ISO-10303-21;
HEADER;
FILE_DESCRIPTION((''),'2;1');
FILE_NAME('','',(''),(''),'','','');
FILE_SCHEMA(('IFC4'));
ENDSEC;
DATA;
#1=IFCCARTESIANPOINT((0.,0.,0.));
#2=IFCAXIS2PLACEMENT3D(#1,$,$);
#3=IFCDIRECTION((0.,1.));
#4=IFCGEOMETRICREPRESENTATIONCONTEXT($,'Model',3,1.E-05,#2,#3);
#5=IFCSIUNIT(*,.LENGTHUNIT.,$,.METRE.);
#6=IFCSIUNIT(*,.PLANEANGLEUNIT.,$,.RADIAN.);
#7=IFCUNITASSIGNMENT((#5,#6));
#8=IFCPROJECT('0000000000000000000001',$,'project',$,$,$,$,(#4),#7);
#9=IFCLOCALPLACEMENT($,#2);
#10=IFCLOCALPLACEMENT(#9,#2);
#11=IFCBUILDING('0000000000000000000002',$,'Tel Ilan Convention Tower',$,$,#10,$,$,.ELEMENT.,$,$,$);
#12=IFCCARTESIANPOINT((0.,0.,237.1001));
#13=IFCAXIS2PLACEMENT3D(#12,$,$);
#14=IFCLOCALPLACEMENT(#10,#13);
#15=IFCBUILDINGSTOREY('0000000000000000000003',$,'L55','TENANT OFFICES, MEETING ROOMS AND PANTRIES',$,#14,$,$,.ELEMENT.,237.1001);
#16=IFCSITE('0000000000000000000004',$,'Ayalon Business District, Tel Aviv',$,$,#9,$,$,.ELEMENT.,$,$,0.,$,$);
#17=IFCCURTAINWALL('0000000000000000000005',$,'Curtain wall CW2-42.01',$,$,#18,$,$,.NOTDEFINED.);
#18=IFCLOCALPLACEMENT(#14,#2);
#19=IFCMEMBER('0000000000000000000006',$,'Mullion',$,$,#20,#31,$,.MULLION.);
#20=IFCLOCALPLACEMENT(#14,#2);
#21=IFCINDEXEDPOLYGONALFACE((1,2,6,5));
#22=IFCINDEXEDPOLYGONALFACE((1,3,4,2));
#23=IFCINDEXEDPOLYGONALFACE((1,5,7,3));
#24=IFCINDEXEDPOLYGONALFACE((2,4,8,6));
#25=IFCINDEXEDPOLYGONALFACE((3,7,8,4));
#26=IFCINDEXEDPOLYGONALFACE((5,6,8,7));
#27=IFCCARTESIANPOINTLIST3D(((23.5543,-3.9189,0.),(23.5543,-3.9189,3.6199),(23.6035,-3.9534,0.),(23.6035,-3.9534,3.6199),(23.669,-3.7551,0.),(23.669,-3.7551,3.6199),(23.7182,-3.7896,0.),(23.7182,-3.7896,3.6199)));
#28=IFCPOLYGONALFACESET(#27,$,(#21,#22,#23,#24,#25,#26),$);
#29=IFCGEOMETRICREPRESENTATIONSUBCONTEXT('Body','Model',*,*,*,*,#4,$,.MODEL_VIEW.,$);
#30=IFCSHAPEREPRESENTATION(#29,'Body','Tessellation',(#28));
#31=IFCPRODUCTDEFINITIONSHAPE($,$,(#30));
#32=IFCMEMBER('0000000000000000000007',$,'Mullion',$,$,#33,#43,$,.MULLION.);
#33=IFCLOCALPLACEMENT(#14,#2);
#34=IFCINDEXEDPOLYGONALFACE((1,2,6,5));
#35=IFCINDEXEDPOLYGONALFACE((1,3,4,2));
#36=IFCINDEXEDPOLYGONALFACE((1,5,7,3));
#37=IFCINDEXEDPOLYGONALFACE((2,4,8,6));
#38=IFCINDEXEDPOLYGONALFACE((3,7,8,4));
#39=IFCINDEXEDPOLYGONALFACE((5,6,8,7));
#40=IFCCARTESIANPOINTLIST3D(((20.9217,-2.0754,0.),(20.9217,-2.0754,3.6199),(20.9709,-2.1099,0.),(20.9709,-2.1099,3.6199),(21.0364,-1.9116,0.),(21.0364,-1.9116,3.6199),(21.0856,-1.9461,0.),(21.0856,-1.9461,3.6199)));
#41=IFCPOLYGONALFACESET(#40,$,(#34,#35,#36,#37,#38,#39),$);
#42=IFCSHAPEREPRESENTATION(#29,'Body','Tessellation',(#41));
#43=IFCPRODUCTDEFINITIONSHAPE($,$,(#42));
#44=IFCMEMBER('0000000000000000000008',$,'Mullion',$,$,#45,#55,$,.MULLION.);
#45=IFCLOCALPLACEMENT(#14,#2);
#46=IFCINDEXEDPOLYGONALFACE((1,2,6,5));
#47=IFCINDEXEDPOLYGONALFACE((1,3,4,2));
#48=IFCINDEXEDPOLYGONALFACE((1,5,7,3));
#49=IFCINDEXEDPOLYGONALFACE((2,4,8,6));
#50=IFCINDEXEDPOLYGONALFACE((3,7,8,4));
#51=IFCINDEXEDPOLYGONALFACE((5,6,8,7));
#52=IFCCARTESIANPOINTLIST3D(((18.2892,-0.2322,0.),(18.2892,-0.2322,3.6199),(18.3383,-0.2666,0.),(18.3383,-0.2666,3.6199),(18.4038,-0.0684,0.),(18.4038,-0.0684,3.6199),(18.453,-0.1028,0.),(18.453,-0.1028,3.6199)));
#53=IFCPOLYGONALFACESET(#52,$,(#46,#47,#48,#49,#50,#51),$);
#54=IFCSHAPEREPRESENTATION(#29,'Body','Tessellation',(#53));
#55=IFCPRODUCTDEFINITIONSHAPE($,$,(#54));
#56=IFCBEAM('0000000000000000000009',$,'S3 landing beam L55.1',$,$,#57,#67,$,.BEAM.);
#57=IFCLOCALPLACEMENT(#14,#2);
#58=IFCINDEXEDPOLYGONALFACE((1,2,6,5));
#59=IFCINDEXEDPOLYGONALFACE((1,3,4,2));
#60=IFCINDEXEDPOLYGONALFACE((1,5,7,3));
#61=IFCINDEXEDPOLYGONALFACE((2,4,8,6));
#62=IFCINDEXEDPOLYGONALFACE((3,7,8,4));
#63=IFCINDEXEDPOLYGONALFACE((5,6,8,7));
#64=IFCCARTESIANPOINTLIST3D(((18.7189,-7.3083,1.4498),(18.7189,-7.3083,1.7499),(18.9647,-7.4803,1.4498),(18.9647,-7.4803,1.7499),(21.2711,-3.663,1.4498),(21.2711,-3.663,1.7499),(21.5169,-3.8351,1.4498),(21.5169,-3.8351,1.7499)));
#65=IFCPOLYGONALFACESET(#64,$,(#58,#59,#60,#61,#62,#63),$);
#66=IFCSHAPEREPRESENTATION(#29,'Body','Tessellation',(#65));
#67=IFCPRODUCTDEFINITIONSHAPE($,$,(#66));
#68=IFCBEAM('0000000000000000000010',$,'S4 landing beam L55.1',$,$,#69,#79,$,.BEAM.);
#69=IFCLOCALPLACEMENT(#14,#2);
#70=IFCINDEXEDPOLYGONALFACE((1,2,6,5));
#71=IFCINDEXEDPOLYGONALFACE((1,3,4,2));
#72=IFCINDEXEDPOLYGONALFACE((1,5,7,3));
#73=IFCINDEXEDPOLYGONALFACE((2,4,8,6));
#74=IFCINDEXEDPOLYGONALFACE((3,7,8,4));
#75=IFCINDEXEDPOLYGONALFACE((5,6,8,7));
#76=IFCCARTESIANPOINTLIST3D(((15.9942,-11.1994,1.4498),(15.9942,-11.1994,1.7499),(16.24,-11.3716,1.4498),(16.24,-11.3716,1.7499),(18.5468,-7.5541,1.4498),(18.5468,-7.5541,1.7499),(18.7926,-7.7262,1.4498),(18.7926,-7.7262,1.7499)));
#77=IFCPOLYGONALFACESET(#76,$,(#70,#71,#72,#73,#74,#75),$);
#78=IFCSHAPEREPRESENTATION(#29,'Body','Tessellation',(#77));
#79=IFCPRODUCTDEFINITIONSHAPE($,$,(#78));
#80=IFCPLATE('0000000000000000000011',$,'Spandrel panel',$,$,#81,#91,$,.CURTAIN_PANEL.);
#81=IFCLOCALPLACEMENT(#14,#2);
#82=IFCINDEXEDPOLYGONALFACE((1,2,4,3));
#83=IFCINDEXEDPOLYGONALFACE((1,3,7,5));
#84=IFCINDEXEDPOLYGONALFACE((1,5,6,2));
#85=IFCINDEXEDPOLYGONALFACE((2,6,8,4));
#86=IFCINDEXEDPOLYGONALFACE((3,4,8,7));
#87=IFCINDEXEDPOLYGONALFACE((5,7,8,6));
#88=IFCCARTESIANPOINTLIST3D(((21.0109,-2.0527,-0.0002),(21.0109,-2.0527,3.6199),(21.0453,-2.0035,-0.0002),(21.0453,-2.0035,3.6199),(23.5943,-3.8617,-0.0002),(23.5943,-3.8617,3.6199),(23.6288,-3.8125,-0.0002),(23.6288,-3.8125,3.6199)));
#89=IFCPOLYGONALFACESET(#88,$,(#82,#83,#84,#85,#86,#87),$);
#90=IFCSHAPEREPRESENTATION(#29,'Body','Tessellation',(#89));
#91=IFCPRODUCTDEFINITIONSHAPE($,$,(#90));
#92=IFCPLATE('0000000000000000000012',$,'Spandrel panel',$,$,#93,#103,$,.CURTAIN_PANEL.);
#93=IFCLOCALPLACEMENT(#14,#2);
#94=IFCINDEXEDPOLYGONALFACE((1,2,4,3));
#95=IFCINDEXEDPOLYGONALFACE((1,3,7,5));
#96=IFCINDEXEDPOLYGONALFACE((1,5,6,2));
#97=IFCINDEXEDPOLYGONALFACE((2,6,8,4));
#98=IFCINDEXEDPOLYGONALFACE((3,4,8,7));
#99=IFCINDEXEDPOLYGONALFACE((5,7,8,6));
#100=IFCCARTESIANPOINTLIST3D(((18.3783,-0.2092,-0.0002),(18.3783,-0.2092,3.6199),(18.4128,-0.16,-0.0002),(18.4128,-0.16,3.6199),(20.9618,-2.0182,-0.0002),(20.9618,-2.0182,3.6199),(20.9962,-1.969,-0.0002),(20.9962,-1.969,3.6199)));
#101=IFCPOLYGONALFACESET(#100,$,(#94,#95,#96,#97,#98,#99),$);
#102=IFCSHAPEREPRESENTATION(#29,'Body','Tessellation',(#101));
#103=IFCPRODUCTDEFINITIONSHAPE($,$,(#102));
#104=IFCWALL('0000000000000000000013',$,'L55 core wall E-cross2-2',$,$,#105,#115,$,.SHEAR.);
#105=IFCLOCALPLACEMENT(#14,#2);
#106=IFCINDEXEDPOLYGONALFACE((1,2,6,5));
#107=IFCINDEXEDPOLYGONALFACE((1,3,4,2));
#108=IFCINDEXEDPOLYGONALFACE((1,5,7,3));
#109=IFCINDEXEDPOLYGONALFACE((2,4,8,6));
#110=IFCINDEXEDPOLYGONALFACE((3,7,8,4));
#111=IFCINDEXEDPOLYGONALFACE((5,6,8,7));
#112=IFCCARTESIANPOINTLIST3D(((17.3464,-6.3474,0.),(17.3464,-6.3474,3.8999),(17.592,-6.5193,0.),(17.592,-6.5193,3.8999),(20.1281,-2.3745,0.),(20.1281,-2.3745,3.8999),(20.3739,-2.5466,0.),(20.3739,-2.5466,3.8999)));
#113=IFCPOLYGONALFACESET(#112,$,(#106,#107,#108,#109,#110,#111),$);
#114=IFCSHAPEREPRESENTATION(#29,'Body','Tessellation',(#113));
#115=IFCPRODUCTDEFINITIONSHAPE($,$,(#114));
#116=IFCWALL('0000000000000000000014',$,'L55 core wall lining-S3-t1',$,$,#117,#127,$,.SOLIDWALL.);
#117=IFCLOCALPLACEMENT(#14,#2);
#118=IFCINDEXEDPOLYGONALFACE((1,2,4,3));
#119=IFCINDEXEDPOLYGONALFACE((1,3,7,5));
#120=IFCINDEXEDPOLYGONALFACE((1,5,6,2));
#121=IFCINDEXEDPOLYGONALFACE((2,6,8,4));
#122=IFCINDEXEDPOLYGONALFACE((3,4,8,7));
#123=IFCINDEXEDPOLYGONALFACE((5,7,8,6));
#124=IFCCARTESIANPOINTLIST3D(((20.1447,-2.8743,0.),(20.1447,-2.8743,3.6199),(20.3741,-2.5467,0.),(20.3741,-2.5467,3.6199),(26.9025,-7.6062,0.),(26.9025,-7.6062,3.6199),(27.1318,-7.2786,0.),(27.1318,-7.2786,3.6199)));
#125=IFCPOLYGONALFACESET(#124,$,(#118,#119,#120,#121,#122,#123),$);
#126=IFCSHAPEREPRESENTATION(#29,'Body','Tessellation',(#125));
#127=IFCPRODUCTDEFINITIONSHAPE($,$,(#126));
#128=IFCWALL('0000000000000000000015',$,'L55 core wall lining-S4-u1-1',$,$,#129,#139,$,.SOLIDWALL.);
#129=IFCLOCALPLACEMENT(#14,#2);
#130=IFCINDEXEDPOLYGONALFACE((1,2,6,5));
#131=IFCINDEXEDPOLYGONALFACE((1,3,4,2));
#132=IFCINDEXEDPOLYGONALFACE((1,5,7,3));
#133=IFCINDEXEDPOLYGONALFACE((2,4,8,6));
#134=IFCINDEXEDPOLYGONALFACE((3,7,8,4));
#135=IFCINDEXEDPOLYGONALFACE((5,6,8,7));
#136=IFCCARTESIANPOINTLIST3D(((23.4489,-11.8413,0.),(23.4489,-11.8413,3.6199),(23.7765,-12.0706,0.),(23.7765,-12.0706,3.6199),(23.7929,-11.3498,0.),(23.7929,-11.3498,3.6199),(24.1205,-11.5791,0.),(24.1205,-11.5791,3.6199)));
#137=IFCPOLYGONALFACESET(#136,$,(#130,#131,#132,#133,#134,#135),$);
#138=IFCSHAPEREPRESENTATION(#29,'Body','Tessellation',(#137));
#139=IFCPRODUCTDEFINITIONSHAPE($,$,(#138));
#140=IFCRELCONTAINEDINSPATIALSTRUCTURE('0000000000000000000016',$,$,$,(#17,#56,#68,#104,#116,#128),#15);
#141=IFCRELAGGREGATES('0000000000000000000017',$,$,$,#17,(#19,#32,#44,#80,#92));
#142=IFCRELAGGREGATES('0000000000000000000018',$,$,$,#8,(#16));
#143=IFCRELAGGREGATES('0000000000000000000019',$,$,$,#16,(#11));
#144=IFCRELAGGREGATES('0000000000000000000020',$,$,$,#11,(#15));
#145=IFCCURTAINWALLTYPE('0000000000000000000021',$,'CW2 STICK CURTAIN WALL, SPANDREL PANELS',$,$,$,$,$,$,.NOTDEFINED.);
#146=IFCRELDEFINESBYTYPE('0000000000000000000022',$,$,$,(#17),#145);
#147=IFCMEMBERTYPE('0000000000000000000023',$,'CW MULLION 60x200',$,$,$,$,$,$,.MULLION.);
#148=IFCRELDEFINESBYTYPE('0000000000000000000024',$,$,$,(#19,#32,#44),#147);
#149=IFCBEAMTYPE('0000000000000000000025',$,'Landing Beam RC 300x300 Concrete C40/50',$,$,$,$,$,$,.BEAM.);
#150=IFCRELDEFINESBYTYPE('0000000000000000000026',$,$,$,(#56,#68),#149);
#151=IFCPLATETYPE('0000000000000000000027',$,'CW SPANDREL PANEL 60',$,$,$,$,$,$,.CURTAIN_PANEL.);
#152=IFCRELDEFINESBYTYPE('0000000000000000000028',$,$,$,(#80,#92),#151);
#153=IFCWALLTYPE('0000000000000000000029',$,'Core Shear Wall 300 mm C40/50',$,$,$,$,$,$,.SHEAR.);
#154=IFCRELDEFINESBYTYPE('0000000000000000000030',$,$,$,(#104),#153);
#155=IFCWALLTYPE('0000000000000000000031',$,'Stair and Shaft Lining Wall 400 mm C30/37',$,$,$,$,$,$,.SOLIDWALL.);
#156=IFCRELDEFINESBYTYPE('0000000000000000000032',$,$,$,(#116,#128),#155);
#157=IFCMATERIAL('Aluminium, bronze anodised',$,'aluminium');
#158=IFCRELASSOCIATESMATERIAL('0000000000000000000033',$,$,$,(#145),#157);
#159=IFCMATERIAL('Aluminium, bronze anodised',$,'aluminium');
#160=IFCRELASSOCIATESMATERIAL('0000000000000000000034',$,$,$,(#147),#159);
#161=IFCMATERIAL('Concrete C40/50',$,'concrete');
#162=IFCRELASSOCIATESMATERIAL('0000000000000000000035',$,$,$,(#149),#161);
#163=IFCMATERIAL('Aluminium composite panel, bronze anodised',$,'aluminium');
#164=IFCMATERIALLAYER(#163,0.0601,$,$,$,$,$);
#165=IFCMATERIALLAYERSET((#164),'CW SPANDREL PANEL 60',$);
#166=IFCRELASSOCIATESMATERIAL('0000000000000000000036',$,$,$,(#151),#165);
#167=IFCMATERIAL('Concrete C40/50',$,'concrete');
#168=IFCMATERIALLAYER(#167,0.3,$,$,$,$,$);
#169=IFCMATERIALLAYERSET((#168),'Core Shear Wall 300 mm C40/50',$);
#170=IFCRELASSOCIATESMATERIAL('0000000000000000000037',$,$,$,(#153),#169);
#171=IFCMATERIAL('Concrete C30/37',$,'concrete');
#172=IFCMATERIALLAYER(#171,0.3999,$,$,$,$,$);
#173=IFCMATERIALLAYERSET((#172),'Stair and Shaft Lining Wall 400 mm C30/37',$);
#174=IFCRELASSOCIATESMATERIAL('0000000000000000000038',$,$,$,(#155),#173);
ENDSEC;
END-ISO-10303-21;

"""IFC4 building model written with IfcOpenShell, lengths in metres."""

from ifc_helpers import new_model, si_unit, direction, frame, frame_2d, origin, origin_2d, place, context, subcontext, project, spatial, polyline, rectangle, outline, extrude, material, layer, layer_set, material_profile, profile_set, type_object, element, aggregate, save


model = new_model("IFC4")

# Units and contexts
model_context = context("Model", 3, precision=1e-05, world=origin(), true_north=direction((0.0, 1.0)))
body_context = subcontext(model_context, "Body", "Model", "MODEL_VIEW")
ifc_project = project(units=[si_unit("LENGTHUNIT", "METRE"), si_unit("PLANEANGLEUNIT", "RADIAN")], contexts=[model_context])

# Site, building, storey
site_placement = place(None, origin())
site = spatial("IfcSite", under=ifc_project, at=site_placement, Name="Ayalon Business District, Tel Aviv", CompositionType="ELEMENT", RefElevation=0.0)
building_placement = place(site_placement, origin())
building = spatial("IfcBuilding", under=site, at=building_placement, Name="Tel Ilan Convention Tower", CompositionType="ELEMENT")
storey_placement = place(building_placement, frame((0.0, 0.0, 237.1001)))
storey = spatial("IfcBuildingStorey", under=building, at=storey_placement, Name="L55", Description="TENANT OFFICES, MEETING ROOMS AND PANTRIES", CompositionType="ELEMENT", Elevation=237.1001)

# Curtain wall, members
ifc_material_1 = material(Name="Aluminium, bronze anodised", Category="aluminium")
curtain_wall_type = type_object("IfcCurtainWallType", Name="CW2 STICK CURTAIN WALL, SPANDREL PANELS", PredefinedType="NOTDEFINED", material=ifc_material_1)
curtain_wall_placement = place(storey_placement, origin())
curtain_wall = element("IfcCurtainWall", 1, at=curtain_wall_placement, inside=storey, type_object=curtain_wall_type, Name="Curtain wall CW2-42.01", PredefinedType="NOTDEFINED")
ifc_material_2 = material(Name="Aluminium, bronze anodised", Category="aluminium")
ifc_material_profile_1 = material_profile(ifc_material_2, rectangle(XDim=0.0601, YDim=0.2, at=origin_2d()), Name="CW MULLION 60x200")
ifc_profile_set_1 = profile_set([ifc_material_profile_1], Name="Aluminium, bronze anodised")
member_type = type_object("IfcMemberType", Name="CW MULLION 60x200", PredefinedType="MULLION", material=ifc_profile_set_1)
member_1_placement = place(storey_placement, frame((23.6362, -3.8542, 0.0), z_axis=(0.0, 0.0, 1.0), x_axis=(-0.819152, 0.573576, 0.0)))
member_1 = element("IfcMember", 2, at=member_1_placement, type_object=member_type, Name="Mullion", PredefinedType="MULLION", context=body_context, shape_type="SweptSolid", body=[
    extrude(rectangle(XDim=0.0601, YDim=0.2, at=origin_2d()), origin(), (0.0, 0.0, 1.0), 3.6199),
])
member_2_placement = place(storey_placement, frame((21.0037, -2.0107, 0.0), z_axis=(0.0, 0.0, 1.0), x_axis=(-0.819152, 0.573576, 0.0)))
member_2 = element("IfcMember", 3, at=member_2_placement, type_object=member_type, Name="Mullion", PredefinedType="MULLION", context=body_context, shape_type="SweptSolid", body=[
    extrude(rectangle(XDim=0.0601, YDim=0.2, at=origin_2d()), origin(), (0.0, 0.0, 1.0), 3.6199),
])
member_3_placement = place(storey_placement, frame((18.3711, -0.1675, 0.0), z_axis=(0.0, 0.0, 1.0), x_axis=(-0.819152, 0.573576, 0.0)))
member_3 = element("IfcMember", 4, at=member_3_placement, type_object=member_type, Name="Mullion", PredefinedType="MULLION", context=body_context, shape_type="SweptSolid", body=[
    extrude(rectangle(XDim=0.0601, YDim=0.2, at=origin_2d()), origin(), (0.0, 0.0, 1.0), 3.6199),
])

# Beams
ifc_material_3 = material(Name="Concrete C40/50", Category="concrete")
ifc_material_profile_2 = material_profile(ifc_material_3, rectangle(XDim=0.3, YDim=0.3, at=origin_2d()), Name="RC 300x300")
ifc_profile_set_2 = profile_set([ifc_material_profile_2], Name="Concrete C40/50")
beam_type = type_object("IfcBeamType", Name="Landing Beam RC 300x300 Concrete C40/50", PredefinedType="BEAM", material=ifc_profile_set_2)
beam_1_placement = place(storey_placement, frame((21.394, -3.749, 1.5999), z_axis=(-0.573547, -0.819173, 0.0), x_axis=(0.819173, -0.573547, 0.0)))
element("IfcBeam", 5, at=beam_1_placement, inside=storey, type_object=beam_type, Name="S3 landing beam L55.1", PredefinedType="BEAM", context=body_context, shape_type="SweptSolid", body=[
    extrude(rectangle(XDim=0.3, YDim=0.3, at=origin_2d()), origin(), (0.0, 0.0, 1.0), 4.45),
])
beam_2_placement = place(storey_placement, frame((18.6697, -7.6401, 1.5999), z_axis=(-0.573584, -0.819147, 0.0), x_axis=(0.819147, -0.573584, 0.0)))
element("IfcBeam", 6, at=beam_2_placement, inside=storey, type_object=beam_type, Name="S4 landing beam L55.1", PredefinedType="BEAM", context=body_context, shape_type="SweptSolid", body=[
    extrude(rectangle(XDim=0.3, YDim=0.3, at=origin_2d()), origin(), (0.0, 0.0, 1.0), 4.4502),
])

# Plates
ifc_material_4 = material(Name="Aluminium composite panel, bronze anodised", Category="aluminium")
ifc_layer_1 = layer(ifc_material_4, 0.0601)
ifc_layer_set_1 = layer_set([ifc_layer_1], Name="CW SPANDREL PANEL 60")
plate_type = type_object("IfcPlateType", Name="CW SPANDREL PANEL 60", PredefinedType="CURTAIN_PANEL", material=ifc_layer_set_1)
plate_1_placement = place(storey_placement, frame((22.3198, -2.9326, -0.0002), z_axis=(0.0, 0.0, 1.0), x_axis=(-0.819152, 0.573576, 0.0)))
plate_1 = element("IfcPlate", 7, at=plate_1_placement, type_object=plate_type, Name="Spandrel panel", PredefinedType="CURTAIN_PANEL", context=body_context, shape_type="SweptSolid", body=[
    extrude(rectangle(XDim=3.1538, YDim=0.0601, at=origin_2d()), origin(), (0.0, 0.0, 1.0), 3.6201),
])
plate_2_placement = place(storey_placement, frame((19.6873, -1.0891, -0.0002), z_axis=(0.0, 0.0, 1.0), x_axis=(-0.819152, 0.573576, 0.0)))
plate_2 = element("IfcPlate", 8, at=plate_2_placement, type_object=plate_type, Name="Spandrel panel", PredefinedType="CURTAIN_PANEL", context=body_context, shape_type="SweptSolid", body=[
    extrude(rectangle(XDim=3.1538, YDim=0.0601, at=origin_2d()), origin(), (0.0, 0.0, 1.0), 3.6201),
])
aggregate(curtain_wall, [member_1, member_2, member_3, plate_1, plate_2])

# Walls
ifc_material_5 = material(Name="Concrete C40/50", Category="concrete")
ifc_layer_2 = layer(ifc_material_5, 0.3)
ifc_layer_set_2 = layer_set([ifc_layer_2], Name="Core Shear Wall 300 mm C40/50")
wall_type_1 = type_object("IfcWallType", Name="Core Shear Wall 300 mm C40/50", PredefinedType="SHEAR", material=ifc_layer_set_2)
wall_1_placement = place(storey_placement, frame((17.4692, -6.4333, 0.0), z_axis=(0.0, 0.0, 1.0), x_axis=(0.573594, 0.81914, 0.0)))
element("IfcWall", 9, at=wall_1_placement, inside=storey, type_object=wall_type_1, Name="L55 core wall E-cross2-2", PredefinedType="SHEAR", context=body_context, shape_type="SweptSolid", body=[
    extrude(outline(polyline([(4.8499, -0.1499), (4.8499, 0.1501), (0.0, 0.1499), (0.0, -0.1499), (4.8499, -0.1499)])), origin(), (0.0, 0.0, 1.0), 3.8999),
])
ifc_material_6 = material(Name="Concrete C30/37", Category="concrete")
ifc_layer_3 = layer(ifc_material_6, 0.3999)
ifc_layer_set_3 = layer_set([ifc_layer_3], Name="Stair and Shaft Lining Wall 400 mm C30/37")
wall_type_2 = type_object("IfcWallType", Name="Stair and Shaft Lining Wall 400 mm C30/37", PredefinedType="SOLIDWALL", material=ifc_layer_set_3)
wall_2_placement = place(storey_placement, frame((20.2593, -2.7104, 0.0), z_axis=(0.0, 0.0, 1.0), x_axis=(0.819148, -0.573582, 0.0)))
element("IfcWall", 10, at=wall_2_placement, inside=storey, type_object=wall_type_2, Name="L55 core wall lining-S3-t1", PredefinedType="SOLIDWALL", context=body_context, shape_type="SweptSolid", body=[
    extrude(rectangle(XDim=8.2498, YDim=0.3999, at=frame_2d((4.125, 0.0))), origin(), (0.0, 0.0, 1.0), 3.6199),
])
wall_3_placement = place(storey_placement, frame((23.6128, -11.9558, 0.0), z_axis=(0.0, 0.0, 1.0), x_axis=(0.573435, 0.819251, 0.0)))
element("IfcWall", 11, at=wall_3_placement, inside=storey, type_object=wall_type_2, Name="L55 core wall lining-S4-u1-1", PredefinedType="SOLIDWALL", context=body_context, shape_type="SweptSolid", body=[
    extrude(rectangle(XDim=0.5999, YDim=0.3999, at=frame_2d((0.2998, 0.0))), origin(), (0.0, 0.0, 1.0), 3.6199),
])

save(model, "model.ifc")
